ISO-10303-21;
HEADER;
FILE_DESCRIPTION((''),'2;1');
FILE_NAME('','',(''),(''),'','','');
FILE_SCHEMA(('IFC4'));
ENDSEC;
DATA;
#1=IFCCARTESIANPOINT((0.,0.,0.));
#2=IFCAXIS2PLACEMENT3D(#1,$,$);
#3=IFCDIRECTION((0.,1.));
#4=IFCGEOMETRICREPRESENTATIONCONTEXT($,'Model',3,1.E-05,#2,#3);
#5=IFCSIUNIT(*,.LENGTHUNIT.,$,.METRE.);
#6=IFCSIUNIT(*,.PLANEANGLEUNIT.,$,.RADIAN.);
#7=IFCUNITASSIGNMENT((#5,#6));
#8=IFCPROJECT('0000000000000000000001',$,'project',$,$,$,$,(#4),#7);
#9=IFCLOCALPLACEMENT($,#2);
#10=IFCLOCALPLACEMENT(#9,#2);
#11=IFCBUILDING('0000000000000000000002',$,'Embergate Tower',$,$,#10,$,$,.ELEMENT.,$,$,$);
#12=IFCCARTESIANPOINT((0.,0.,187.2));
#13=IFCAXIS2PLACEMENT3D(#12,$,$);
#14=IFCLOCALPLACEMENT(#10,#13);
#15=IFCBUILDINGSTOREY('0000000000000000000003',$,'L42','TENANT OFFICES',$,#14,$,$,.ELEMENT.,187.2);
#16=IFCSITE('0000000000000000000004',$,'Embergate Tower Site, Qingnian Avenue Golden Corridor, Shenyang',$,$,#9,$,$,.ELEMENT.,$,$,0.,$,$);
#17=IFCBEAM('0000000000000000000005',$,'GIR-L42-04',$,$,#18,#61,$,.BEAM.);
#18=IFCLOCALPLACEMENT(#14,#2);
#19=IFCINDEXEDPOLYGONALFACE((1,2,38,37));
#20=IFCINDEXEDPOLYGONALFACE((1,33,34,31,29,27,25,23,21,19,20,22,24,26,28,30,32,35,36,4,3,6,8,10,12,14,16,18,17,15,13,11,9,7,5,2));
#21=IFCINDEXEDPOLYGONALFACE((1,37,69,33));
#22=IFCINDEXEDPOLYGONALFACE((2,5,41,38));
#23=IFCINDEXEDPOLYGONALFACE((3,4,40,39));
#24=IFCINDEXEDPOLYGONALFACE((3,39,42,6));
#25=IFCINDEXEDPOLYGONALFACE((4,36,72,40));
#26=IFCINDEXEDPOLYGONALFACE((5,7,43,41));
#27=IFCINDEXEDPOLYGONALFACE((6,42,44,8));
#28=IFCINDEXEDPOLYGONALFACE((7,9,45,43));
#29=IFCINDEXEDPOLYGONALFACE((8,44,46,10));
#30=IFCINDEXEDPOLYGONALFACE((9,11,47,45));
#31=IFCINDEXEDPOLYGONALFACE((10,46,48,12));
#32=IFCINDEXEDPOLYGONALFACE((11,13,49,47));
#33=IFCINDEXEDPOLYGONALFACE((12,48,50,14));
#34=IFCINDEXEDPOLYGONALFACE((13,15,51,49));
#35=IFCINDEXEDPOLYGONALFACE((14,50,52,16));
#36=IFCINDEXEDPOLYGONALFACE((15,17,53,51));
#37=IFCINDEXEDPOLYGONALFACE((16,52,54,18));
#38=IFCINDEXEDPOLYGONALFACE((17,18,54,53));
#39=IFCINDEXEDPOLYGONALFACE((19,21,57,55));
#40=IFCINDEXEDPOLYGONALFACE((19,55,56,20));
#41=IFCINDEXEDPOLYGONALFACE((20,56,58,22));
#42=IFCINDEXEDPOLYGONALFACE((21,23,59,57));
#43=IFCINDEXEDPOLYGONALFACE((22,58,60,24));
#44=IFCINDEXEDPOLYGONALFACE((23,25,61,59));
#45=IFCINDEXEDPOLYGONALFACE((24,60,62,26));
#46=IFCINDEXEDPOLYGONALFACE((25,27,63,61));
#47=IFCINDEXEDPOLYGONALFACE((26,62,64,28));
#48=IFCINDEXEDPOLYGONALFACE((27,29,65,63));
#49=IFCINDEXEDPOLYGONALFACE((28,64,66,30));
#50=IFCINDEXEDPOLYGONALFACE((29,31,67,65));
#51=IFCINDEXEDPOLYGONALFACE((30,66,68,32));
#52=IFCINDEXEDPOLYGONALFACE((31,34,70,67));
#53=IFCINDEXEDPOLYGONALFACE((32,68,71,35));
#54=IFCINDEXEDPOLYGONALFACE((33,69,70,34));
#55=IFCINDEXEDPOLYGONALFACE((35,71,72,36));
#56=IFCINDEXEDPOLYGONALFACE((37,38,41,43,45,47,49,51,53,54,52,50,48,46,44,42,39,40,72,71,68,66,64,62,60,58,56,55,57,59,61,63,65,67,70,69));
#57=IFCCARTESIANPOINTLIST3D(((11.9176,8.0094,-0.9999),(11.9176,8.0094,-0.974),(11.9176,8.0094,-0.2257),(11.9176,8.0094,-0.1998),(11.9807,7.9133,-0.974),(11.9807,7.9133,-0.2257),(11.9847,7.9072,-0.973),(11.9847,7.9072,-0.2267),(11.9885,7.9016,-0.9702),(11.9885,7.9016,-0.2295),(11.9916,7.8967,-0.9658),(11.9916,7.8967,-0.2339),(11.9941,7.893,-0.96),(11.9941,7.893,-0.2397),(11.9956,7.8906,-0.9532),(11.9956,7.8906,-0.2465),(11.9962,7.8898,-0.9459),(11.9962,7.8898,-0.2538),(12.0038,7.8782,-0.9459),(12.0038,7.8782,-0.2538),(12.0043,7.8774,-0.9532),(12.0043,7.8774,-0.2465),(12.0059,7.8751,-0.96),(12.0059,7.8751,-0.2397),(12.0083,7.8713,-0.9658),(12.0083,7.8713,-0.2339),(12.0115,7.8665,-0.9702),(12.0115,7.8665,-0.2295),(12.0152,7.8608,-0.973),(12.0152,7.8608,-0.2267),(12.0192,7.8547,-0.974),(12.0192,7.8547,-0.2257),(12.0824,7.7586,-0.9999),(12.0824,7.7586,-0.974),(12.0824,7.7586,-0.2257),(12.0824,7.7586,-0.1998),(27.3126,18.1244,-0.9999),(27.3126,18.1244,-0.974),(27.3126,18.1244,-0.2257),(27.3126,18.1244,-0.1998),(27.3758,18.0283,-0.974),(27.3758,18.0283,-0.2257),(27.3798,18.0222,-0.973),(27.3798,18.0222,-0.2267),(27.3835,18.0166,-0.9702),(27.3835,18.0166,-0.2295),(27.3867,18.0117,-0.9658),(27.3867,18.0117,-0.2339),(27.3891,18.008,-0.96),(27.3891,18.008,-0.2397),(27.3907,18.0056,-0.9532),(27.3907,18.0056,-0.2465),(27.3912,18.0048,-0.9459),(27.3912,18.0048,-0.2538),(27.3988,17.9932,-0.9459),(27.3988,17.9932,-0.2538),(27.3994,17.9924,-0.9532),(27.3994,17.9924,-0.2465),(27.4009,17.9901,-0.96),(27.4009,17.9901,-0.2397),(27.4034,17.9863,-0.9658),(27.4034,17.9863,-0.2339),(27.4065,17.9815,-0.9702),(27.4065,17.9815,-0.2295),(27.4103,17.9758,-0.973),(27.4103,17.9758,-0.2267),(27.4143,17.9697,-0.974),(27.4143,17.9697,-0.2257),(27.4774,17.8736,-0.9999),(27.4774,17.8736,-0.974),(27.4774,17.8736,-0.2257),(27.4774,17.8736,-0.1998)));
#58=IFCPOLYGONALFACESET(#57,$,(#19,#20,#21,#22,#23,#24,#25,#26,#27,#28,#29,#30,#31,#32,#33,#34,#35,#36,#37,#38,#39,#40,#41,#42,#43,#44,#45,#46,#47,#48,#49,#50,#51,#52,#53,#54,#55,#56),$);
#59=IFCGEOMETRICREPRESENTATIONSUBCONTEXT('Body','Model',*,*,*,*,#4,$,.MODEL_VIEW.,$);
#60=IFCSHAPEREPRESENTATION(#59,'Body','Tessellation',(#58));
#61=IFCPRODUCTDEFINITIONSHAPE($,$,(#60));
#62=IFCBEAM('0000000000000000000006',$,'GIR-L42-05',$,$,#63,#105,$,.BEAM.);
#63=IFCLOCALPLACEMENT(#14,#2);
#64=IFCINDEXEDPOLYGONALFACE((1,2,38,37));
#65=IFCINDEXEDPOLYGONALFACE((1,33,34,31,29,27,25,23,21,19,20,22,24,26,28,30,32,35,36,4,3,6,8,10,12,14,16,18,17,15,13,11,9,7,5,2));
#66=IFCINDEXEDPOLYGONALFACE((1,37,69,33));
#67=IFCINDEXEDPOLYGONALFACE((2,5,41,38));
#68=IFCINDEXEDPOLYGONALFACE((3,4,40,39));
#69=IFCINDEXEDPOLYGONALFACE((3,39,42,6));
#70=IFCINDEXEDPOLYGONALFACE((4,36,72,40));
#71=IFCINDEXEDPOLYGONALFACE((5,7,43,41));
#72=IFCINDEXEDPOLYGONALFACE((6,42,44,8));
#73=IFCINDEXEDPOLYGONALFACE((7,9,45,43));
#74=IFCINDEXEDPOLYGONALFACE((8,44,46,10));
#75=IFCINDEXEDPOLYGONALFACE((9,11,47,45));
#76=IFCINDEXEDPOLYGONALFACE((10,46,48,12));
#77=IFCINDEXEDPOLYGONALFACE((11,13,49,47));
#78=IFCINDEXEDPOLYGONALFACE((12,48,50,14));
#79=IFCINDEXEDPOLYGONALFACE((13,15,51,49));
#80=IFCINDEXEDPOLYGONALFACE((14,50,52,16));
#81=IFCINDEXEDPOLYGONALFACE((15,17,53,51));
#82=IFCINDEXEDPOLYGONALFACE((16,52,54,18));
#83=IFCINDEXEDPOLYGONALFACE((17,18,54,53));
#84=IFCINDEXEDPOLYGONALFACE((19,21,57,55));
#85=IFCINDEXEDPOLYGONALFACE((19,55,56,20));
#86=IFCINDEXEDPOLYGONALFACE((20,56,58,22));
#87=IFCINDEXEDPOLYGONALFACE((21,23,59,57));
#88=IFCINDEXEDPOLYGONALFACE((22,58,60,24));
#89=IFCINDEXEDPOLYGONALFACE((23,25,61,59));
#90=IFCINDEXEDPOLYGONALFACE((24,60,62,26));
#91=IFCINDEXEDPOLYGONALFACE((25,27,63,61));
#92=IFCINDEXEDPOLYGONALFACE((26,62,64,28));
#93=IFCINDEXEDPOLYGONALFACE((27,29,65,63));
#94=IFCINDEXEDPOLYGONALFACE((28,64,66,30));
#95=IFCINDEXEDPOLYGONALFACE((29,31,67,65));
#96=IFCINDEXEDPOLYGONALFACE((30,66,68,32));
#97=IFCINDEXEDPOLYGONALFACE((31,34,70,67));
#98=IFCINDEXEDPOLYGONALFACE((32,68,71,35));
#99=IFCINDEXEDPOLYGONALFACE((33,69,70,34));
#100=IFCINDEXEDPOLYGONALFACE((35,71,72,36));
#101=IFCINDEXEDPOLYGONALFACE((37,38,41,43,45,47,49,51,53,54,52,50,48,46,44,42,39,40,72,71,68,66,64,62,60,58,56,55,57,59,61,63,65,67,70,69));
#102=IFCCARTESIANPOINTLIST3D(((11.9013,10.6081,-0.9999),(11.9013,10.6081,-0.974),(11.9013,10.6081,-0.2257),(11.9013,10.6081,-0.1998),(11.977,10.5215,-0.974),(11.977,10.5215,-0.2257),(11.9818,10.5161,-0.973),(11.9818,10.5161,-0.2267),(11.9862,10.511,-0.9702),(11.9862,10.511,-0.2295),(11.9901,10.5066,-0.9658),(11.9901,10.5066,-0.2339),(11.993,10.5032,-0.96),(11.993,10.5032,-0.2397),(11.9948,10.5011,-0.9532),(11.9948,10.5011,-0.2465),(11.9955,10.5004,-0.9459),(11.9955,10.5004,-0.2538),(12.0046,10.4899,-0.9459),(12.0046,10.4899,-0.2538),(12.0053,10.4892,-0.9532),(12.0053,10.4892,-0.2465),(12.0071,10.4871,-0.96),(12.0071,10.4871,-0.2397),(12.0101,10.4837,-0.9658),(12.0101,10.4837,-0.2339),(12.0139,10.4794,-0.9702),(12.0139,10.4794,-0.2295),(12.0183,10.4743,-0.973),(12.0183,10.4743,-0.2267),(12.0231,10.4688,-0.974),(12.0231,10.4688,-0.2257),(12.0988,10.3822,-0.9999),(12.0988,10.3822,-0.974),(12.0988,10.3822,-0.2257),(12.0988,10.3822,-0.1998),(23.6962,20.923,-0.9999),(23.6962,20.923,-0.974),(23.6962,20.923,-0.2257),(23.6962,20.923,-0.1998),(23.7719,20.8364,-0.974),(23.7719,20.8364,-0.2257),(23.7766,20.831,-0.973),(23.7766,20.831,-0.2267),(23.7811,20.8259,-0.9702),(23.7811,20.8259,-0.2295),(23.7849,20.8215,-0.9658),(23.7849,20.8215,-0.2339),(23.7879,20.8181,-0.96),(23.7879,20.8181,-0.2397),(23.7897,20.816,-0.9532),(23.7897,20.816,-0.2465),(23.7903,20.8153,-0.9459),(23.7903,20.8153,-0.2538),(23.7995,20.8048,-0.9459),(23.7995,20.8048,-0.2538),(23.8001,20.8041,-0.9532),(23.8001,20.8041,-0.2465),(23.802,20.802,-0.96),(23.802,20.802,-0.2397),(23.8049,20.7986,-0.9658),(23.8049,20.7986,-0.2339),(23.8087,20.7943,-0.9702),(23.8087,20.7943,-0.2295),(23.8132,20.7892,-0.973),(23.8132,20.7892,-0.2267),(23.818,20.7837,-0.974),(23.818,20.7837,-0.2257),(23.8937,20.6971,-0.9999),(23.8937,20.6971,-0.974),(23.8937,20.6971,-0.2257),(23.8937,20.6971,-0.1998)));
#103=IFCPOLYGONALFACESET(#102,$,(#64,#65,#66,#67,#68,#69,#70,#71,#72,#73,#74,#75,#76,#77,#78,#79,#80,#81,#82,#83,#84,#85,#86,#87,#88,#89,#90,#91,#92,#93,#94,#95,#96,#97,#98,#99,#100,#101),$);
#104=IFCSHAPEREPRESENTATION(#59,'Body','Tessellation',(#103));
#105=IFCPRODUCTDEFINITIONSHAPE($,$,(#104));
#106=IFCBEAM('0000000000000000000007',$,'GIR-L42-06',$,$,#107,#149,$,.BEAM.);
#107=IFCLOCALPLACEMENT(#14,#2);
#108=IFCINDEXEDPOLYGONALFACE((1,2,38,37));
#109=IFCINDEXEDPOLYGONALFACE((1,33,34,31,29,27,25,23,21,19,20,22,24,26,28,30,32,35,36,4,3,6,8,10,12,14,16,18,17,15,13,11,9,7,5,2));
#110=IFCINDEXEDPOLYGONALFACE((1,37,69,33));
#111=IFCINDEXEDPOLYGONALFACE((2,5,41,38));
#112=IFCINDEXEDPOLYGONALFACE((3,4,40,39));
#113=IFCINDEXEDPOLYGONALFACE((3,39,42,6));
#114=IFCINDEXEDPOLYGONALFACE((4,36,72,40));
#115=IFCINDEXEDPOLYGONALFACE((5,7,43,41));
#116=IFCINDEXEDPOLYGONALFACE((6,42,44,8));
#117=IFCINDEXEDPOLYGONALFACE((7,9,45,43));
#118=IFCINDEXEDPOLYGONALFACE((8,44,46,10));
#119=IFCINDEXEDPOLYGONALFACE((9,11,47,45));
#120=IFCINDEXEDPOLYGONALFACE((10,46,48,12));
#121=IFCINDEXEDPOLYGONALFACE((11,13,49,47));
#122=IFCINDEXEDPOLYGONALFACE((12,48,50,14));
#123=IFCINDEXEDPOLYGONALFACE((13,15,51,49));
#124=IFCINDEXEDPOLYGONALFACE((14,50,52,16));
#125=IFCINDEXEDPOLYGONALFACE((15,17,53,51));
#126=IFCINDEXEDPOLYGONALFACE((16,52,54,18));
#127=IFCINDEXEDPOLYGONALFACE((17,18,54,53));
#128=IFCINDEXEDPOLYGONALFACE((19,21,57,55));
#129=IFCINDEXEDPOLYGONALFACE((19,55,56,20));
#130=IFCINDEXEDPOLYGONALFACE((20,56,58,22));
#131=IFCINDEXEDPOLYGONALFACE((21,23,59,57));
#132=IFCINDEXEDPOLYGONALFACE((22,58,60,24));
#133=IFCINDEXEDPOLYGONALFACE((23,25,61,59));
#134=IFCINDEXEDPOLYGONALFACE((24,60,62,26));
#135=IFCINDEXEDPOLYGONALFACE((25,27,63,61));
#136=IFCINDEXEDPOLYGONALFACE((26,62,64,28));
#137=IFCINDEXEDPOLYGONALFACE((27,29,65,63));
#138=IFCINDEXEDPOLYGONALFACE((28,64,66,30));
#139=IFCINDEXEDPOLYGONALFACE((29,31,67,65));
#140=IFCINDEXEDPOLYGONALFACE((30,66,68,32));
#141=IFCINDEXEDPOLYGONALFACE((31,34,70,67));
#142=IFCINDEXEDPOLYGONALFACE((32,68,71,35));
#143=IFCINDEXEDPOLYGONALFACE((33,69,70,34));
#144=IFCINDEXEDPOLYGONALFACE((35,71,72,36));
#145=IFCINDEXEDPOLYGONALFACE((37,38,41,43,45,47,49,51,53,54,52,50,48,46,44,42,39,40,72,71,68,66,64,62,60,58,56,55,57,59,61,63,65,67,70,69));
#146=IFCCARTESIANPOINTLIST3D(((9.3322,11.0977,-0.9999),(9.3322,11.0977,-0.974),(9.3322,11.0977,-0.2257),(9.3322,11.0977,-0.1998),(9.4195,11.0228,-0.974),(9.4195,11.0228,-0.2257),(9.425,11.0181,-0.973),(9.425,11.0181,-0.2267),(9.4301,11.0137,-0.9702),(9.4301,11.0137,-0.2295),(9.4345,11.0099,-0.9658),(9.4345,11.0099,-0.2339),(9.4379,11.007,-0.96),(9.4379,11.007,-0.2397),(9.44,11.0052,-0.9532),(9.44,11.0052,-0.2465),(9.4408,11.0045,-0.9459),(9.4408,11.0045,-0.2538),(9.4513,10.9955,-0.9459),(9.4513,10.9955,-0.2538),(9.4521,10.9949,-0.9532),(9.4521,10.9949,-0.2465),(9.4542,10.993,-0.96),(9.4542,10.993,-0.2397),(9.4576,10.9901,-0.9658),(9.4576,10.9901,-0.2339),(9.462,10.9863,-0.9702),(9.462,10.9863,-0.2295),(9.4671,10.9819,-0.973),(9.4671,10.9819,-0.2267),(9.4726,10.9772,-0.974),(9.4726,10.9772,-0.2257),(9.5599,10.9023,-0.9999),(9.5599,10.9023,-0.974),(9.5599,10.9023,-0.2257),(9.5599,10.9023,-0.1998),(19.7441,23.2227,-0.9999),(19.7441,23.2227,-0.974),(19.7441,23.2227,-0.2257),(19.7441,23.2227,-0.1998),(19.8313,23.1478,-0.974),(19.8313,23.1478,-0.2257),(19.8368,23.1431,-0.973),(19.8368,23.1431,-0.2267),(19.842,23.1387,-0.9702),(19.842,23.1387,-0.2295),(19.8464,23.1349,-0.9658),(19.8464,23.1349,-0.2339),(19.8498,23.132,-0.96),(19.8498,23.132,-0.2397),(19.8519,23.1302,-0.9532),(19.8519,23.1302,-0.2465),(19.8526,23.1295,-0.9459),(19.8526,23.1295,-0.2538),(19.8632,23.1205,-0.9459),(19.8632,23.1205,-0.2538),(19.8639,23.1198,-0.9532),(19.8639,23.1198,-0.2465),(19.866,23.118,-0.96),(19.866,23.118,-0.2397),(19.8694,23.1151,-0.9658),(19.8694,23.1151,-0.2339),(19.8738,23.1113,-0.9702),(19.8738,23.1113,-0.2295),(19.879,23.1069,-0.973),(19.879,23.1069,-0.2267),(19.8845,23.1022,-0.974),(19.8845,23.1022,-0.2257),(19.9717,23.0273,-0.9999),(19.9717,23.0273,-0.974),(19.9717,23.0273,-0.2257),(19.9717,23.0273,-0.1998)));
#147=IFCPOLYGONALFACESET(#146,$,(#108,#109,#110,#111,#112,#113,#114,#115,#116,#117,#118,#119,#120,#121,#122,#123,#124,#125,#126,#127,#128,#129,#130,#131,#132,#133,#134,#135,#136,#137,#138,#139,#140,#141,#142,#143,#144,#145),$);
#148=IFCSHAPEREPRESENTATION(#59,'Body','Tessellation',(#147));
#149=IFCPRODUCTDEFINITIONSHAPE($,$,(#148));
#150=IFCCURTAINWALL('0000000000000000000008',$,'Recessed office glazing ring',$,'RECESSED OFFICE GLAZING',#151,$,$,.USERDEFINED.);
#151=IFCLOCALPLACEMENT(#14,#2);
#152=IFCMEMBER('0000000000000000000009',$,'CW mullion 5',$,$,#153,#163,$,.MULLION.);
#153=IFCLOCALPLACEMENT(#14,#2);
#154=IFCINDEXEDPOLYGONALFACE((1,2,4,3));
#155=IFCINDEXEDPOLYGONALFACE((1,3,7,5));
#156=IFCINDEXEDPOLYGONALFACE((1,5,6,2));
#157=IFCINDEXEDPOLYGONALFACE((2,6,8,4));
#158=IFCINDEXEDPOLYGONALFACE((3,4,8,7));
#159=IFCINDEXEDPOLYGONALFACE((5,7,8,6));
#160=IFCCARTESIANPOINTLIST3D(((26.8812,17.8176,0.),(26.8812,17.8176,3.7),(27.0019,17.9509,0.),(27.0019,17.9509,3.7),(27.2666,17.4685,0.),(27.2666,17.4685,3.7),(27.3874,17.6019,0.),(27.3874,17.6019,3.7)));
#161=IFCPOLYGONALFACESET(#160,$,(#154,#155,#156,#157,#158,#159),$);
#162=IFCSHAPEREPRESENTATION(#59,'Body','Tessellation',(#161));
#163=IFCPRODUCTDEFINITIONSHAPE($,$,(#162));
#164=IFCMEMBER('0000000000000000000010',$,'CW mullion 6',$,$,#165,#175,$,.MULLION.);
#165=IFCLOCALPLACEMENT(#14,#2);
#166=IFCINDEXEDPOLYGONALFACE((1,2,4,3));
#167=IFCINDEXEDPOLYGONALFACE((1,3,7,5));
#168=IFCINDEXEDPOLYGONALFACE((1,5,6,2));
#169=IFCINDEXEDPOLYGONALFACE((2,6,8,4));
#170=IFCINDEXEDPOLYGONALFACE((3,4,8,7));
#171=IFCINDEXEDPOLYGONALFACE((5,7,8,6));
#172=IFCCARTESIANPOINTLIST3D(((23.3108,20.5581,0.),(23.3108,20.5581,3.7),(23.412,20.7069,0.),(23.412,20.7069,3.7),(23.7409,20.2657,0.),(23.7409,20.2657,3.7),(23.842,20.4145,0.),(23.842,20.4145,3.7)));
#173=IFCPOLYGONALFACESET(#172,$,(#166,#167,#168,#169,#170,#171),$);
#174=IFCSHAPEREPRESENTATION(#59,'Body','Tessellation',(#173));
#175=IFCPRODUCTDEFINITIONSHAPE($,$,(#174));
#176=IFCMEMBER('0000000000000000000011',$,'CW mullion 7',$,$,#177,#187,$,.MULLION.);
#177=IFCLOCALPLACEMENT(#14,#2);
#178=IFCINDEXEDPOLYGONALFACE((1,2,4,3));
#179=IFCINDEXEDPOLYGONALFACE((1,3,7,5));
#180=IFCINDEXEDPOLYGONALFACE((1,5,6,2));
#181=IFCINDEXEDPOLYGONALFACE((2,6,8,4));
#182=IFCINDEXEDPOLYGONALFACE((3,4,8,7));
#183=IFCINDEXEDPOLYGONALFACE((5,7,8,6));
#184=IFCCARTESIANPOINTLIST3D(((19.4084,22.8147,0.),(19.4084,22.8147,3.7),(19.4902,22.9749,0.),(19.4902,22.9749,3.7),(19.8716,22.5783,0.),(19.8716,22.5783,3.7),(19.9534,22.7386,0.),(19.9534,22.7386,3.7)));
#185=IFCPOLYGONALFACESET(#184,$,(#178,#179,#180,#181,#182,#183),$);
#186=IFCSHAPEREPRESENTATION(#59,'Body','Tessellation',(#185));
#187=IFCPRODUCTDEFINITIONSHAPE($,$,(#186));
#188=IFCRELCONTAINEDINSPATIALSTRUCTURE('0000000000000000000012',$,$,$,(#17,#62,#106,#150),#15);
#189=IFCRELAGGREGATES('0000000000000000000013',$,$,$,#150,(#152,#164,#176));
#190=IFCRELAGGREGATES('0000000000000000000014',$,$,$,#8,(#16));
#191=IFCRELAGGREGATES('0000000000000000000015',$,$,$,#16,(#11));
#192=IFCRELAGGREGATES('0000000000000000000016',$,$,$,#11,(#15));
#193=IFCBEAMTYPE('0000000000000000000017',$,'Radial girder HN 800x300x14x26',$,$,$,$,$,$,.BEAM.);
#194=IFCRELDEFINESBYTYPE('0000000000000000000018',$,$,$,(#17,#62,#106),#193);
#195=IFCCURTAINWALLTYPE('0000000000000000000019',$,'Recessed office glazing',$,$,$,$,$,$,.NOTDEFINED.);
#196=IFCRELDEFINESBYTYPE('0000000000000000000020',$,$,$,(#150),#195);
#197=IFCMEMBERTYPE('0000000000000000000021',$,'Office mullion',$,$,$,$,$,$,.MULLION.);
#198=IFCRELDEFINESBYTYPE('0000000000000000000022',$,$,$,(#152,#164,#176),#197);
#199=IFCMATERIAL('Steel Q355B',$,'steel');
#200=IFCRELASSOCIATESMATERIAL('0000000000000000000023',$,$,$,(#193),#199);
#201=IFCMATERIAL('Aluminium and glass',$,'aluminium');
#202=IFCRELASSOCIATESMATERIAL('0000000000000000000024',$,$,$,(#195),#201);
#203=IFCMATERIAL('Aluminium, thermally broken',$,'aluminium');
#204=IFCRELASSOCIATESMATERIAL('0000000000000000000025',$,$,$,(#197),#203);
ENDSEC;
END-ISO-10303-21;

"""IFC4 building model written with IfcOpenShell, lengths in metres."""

from ifc_helpers import new_model, si_unit, direction, frame, origin, origin_2d, place, context, subcontext, project, spatial, rectangle, i_section, extrude, source, transform, mapped, material, material_profile, profile_set, type_object, element, aggregate, save


model = new_model("IFC4")

# Units and contexts
model_context = context("Model", 3, precision=1e-05, world=origin(), true_north=direction((0.0, 1.0)))
body_context = subcontext(model_context, "Body", "Model", "MODEL_VIEW")
ifc_project = project(units=[si_unit("LENGTHUNIT", "METRE"), si_unit("PLANEANGLEUNIT", "RADIAN")], contexts=[model_context])

# Site, building, storey
site_placement = place(None, origin())
site = spatial("IfcSite", under=ifc_project, at=site_placement, Name="Embergate Tower Site, Qingnian Avenue Golden Corridor, Shenyang", CompositionType="ELEMENT", RefElevation=0.0)
building_placement = place(site_placement, origin())
building = spatial("IfcBuilding", under=site, at=building_placement, Name="Embergate Tower", CompositionType="ELEMENT")
storey_placement = place(building_placement, frame((0.0, 0.0, 187.2)))
storey = spatial("IfcBuildingStorey", under=building, at=storey_placement, Name="L42", Description="TENANT OFFICES", CompositionType="ELEMENT", Elevation=187.2)

# Beams
ifc_material_1 = material(Name="Steel Q355B", Category="steel")
ifc_material_profile_1 = material_profile(ifc_material_1, i_section(OverallWidth=0.3, OverallDepth=0.8, WebThickness=0.0139, FlangeThickness=0.0259, FilletRadius=0.0281, at=origin_2d()), Name="HN 800x300x14x26")
ifc_profile_set_1 = profile_set([ifc_material_profile_1], Name="Steel Q355 grade B")
beam_type_1 = type_object("IfcBeamType", Name="Radial girder HN 800x300x14x26", PredefinedType="BEAM", material=ifc_profile_set_1)
shared_shape_1 = source(origin(), body_context, "Body", "SweptSolid", [
    extrude(i_section(OverallWidth=0.3, OverallDepth=0.8, WebThickness=0.0139, FlangeThickness=0.0259, FilletRadius=0.0281, at=origin_2d()), origin(), (0.0, 0.0, 1.0), 18.4207),
])
beam_1_placement = place(storey_placement, frame((27.395, 17.999, -0.5999), z_axis=(-0.835749, -0.549112, 0.0), x_axis=(0.549112, -0.835749, 0.0)))
element("IfcBeam", 1, at=beam_1_placement, inside=storey, type_object=beam_type_1, Name="GIR-L42-04", PredefinedType="BEAM", context=body_context, shape_type="MappedRepresentation", body=[
    mapped(shared_shape_1, transform((0.0, 0.0, 0.0))),
])
shared_shape_2 = source(origin(), body_context, "Body", "SweptSolid", [
    extrude(i_section(OverallWidth=0.3, OverallDepth=0.8, WebThickness=0.0139, FlangeThickness=0.0259, FilletRadius=0.0281, at=origin_2d()), origin(), (0.0, 0.0, 1.0), 15.6689),
])
beam_2_placement = place(storey_placement, frame((23.7949, 20.8101, -0.5999), z_axis=(-0.752754, -0.658302, 0.0), x_axis=(0.658302, -0.752754, 0.0)))
element("IfcBeam", 2, at=beam_2_placement, inside=storey, type_object=beam_type_1, Name="GIR-L42-05", PredefinedType="BEAM", context=body_context, shape_type="MappedRepresentation", body=[
    mapped(shared_shape_2, transform((0.0, 0.0, 0.0))),
])
shared_shape_3 = source(origin(), body_context, "Body", "SweptSolid", [
    extrude(i_section(OverallWidth=0.3, OverallDepth=0.8, WebThickness=0.0139, FlangeThickness=0.0259, FilletRadius=0.0281, at=origin_2d()), origin(), (0.0, 0.0, 1.0), 15.9819),
])
beam_3_placement = place(storey_placement, frame((19.8579, 23.125, -0.5999), z_axis=(-0.651477, -0.758669, 0.0), x_axis=(0.758669, -0.651477, 0.0)))
element("IfcBeam", 3, at=beam_3_placement, inside=storey, type_object=beam_type_1, Name="GIR-L42-06", PredefinedType="BEAM", context=body_context, shape_type="MappedRepresentation", body=[
    mapped(shared_shape_3, transform((0.0, 0.0, 0.0))),
])

# Curtain wall, members
ifc_material_2 = material(Name="Aluminium and glass", Category="aluminium")
curtain_wall_type = type_object("IfcCurtainWallType", Name="Recessed office glazing", PredefinedType="NOTDEFINED", material=ifc_material_2)
curtain_wall_placement = place(storey_placement, origin())
curtain_wall = element("IfcCurtainWall", 4, at=curtain_wall_placement, inside=storey, type_object=curtain_wall_type, Name="Recessed office glazing ring", ObjectType="RECESSED OFFICE GLAZING", PredefinedType="USERDEFINED")
ifc_material_3 = material(Name="Aluminium, thermally broken", Category="aluminium")
ifc_material_profile_2 = material_profile(ifc_material_3, rectangle(XDim=0.1799, YDim=0.52, at=origin_2d()), Name="AL 520x180")
ifc_profile_set_2 = profile_set([ifc_material_profile_2], Name="Aluminium, thermally broken")
member_type_1 = type_object("IfcMemberType", Name="Office mullion", PredefinedType="MULLION", material=ifc_profile_set_2)
shared_shape_4 = source(origin(), body_context, "Body", "SweptSolid", [
    extrude(rectangle(XDim=0.1799, YDim=0.52, at=origin_2d()), origin(), (0.0, 0.0, 1.0), 3.7),
])
member_1_placement = place(storey_placement, frame((27.1343, 17.7097, 0.0), z_axis=(0.0, 0.0, 1.0), x_axis=(-0.671229, -0.74125, 0.0)))
member_1 = element("IfcMember", 5, at=member_1_placement, type_object=member_type_1, Name="CW mullion 5", PredefinedType="MULLION", context=body_context, shape_type="MappedRepresentation", body=[
    mapped(shared_shape_4, transform((0.0, 0.0, 0.0))),
])
member_2_placement = place(storey_placement, frame((23.5764, 20.4863, 0.0), z_axis=(0.0, 0.0, 1.0), x_axis=(-0.562219, -0.826988, 0.0)))
member_2 = element("IfcMember", 6, at=member_2_placement, type_object=member_type_1, Name="CW mullion 6", PredefinedType="MULLION", context=body_context, shape_type="MappedRepresentation", body=[
    mapped(shared_shape_4, transform((0.0, 0.0, 0.0))),
])
member_3_placement = place(storey_placement, frame((19.6809, 22.7766, 0.0), z_axis=(0.0, 0.0, 1.0), x_axis=(-0.454513, -0.89074, 0.0)))
member_3 = element("IfcMember", 7, at=member_3_placement, type_object=member_type_1, Name="CW mullion 7", PredefinedType="MULLION", context=body_context, shape_type="MappedRepresentation", body=[
    mapped(shared_shape_4, transform((0.0, 0.0, 0.0))),
])
aggregate(curtain_wall, [member_1, member_2, member_3])

save(model, "model.ifc")
